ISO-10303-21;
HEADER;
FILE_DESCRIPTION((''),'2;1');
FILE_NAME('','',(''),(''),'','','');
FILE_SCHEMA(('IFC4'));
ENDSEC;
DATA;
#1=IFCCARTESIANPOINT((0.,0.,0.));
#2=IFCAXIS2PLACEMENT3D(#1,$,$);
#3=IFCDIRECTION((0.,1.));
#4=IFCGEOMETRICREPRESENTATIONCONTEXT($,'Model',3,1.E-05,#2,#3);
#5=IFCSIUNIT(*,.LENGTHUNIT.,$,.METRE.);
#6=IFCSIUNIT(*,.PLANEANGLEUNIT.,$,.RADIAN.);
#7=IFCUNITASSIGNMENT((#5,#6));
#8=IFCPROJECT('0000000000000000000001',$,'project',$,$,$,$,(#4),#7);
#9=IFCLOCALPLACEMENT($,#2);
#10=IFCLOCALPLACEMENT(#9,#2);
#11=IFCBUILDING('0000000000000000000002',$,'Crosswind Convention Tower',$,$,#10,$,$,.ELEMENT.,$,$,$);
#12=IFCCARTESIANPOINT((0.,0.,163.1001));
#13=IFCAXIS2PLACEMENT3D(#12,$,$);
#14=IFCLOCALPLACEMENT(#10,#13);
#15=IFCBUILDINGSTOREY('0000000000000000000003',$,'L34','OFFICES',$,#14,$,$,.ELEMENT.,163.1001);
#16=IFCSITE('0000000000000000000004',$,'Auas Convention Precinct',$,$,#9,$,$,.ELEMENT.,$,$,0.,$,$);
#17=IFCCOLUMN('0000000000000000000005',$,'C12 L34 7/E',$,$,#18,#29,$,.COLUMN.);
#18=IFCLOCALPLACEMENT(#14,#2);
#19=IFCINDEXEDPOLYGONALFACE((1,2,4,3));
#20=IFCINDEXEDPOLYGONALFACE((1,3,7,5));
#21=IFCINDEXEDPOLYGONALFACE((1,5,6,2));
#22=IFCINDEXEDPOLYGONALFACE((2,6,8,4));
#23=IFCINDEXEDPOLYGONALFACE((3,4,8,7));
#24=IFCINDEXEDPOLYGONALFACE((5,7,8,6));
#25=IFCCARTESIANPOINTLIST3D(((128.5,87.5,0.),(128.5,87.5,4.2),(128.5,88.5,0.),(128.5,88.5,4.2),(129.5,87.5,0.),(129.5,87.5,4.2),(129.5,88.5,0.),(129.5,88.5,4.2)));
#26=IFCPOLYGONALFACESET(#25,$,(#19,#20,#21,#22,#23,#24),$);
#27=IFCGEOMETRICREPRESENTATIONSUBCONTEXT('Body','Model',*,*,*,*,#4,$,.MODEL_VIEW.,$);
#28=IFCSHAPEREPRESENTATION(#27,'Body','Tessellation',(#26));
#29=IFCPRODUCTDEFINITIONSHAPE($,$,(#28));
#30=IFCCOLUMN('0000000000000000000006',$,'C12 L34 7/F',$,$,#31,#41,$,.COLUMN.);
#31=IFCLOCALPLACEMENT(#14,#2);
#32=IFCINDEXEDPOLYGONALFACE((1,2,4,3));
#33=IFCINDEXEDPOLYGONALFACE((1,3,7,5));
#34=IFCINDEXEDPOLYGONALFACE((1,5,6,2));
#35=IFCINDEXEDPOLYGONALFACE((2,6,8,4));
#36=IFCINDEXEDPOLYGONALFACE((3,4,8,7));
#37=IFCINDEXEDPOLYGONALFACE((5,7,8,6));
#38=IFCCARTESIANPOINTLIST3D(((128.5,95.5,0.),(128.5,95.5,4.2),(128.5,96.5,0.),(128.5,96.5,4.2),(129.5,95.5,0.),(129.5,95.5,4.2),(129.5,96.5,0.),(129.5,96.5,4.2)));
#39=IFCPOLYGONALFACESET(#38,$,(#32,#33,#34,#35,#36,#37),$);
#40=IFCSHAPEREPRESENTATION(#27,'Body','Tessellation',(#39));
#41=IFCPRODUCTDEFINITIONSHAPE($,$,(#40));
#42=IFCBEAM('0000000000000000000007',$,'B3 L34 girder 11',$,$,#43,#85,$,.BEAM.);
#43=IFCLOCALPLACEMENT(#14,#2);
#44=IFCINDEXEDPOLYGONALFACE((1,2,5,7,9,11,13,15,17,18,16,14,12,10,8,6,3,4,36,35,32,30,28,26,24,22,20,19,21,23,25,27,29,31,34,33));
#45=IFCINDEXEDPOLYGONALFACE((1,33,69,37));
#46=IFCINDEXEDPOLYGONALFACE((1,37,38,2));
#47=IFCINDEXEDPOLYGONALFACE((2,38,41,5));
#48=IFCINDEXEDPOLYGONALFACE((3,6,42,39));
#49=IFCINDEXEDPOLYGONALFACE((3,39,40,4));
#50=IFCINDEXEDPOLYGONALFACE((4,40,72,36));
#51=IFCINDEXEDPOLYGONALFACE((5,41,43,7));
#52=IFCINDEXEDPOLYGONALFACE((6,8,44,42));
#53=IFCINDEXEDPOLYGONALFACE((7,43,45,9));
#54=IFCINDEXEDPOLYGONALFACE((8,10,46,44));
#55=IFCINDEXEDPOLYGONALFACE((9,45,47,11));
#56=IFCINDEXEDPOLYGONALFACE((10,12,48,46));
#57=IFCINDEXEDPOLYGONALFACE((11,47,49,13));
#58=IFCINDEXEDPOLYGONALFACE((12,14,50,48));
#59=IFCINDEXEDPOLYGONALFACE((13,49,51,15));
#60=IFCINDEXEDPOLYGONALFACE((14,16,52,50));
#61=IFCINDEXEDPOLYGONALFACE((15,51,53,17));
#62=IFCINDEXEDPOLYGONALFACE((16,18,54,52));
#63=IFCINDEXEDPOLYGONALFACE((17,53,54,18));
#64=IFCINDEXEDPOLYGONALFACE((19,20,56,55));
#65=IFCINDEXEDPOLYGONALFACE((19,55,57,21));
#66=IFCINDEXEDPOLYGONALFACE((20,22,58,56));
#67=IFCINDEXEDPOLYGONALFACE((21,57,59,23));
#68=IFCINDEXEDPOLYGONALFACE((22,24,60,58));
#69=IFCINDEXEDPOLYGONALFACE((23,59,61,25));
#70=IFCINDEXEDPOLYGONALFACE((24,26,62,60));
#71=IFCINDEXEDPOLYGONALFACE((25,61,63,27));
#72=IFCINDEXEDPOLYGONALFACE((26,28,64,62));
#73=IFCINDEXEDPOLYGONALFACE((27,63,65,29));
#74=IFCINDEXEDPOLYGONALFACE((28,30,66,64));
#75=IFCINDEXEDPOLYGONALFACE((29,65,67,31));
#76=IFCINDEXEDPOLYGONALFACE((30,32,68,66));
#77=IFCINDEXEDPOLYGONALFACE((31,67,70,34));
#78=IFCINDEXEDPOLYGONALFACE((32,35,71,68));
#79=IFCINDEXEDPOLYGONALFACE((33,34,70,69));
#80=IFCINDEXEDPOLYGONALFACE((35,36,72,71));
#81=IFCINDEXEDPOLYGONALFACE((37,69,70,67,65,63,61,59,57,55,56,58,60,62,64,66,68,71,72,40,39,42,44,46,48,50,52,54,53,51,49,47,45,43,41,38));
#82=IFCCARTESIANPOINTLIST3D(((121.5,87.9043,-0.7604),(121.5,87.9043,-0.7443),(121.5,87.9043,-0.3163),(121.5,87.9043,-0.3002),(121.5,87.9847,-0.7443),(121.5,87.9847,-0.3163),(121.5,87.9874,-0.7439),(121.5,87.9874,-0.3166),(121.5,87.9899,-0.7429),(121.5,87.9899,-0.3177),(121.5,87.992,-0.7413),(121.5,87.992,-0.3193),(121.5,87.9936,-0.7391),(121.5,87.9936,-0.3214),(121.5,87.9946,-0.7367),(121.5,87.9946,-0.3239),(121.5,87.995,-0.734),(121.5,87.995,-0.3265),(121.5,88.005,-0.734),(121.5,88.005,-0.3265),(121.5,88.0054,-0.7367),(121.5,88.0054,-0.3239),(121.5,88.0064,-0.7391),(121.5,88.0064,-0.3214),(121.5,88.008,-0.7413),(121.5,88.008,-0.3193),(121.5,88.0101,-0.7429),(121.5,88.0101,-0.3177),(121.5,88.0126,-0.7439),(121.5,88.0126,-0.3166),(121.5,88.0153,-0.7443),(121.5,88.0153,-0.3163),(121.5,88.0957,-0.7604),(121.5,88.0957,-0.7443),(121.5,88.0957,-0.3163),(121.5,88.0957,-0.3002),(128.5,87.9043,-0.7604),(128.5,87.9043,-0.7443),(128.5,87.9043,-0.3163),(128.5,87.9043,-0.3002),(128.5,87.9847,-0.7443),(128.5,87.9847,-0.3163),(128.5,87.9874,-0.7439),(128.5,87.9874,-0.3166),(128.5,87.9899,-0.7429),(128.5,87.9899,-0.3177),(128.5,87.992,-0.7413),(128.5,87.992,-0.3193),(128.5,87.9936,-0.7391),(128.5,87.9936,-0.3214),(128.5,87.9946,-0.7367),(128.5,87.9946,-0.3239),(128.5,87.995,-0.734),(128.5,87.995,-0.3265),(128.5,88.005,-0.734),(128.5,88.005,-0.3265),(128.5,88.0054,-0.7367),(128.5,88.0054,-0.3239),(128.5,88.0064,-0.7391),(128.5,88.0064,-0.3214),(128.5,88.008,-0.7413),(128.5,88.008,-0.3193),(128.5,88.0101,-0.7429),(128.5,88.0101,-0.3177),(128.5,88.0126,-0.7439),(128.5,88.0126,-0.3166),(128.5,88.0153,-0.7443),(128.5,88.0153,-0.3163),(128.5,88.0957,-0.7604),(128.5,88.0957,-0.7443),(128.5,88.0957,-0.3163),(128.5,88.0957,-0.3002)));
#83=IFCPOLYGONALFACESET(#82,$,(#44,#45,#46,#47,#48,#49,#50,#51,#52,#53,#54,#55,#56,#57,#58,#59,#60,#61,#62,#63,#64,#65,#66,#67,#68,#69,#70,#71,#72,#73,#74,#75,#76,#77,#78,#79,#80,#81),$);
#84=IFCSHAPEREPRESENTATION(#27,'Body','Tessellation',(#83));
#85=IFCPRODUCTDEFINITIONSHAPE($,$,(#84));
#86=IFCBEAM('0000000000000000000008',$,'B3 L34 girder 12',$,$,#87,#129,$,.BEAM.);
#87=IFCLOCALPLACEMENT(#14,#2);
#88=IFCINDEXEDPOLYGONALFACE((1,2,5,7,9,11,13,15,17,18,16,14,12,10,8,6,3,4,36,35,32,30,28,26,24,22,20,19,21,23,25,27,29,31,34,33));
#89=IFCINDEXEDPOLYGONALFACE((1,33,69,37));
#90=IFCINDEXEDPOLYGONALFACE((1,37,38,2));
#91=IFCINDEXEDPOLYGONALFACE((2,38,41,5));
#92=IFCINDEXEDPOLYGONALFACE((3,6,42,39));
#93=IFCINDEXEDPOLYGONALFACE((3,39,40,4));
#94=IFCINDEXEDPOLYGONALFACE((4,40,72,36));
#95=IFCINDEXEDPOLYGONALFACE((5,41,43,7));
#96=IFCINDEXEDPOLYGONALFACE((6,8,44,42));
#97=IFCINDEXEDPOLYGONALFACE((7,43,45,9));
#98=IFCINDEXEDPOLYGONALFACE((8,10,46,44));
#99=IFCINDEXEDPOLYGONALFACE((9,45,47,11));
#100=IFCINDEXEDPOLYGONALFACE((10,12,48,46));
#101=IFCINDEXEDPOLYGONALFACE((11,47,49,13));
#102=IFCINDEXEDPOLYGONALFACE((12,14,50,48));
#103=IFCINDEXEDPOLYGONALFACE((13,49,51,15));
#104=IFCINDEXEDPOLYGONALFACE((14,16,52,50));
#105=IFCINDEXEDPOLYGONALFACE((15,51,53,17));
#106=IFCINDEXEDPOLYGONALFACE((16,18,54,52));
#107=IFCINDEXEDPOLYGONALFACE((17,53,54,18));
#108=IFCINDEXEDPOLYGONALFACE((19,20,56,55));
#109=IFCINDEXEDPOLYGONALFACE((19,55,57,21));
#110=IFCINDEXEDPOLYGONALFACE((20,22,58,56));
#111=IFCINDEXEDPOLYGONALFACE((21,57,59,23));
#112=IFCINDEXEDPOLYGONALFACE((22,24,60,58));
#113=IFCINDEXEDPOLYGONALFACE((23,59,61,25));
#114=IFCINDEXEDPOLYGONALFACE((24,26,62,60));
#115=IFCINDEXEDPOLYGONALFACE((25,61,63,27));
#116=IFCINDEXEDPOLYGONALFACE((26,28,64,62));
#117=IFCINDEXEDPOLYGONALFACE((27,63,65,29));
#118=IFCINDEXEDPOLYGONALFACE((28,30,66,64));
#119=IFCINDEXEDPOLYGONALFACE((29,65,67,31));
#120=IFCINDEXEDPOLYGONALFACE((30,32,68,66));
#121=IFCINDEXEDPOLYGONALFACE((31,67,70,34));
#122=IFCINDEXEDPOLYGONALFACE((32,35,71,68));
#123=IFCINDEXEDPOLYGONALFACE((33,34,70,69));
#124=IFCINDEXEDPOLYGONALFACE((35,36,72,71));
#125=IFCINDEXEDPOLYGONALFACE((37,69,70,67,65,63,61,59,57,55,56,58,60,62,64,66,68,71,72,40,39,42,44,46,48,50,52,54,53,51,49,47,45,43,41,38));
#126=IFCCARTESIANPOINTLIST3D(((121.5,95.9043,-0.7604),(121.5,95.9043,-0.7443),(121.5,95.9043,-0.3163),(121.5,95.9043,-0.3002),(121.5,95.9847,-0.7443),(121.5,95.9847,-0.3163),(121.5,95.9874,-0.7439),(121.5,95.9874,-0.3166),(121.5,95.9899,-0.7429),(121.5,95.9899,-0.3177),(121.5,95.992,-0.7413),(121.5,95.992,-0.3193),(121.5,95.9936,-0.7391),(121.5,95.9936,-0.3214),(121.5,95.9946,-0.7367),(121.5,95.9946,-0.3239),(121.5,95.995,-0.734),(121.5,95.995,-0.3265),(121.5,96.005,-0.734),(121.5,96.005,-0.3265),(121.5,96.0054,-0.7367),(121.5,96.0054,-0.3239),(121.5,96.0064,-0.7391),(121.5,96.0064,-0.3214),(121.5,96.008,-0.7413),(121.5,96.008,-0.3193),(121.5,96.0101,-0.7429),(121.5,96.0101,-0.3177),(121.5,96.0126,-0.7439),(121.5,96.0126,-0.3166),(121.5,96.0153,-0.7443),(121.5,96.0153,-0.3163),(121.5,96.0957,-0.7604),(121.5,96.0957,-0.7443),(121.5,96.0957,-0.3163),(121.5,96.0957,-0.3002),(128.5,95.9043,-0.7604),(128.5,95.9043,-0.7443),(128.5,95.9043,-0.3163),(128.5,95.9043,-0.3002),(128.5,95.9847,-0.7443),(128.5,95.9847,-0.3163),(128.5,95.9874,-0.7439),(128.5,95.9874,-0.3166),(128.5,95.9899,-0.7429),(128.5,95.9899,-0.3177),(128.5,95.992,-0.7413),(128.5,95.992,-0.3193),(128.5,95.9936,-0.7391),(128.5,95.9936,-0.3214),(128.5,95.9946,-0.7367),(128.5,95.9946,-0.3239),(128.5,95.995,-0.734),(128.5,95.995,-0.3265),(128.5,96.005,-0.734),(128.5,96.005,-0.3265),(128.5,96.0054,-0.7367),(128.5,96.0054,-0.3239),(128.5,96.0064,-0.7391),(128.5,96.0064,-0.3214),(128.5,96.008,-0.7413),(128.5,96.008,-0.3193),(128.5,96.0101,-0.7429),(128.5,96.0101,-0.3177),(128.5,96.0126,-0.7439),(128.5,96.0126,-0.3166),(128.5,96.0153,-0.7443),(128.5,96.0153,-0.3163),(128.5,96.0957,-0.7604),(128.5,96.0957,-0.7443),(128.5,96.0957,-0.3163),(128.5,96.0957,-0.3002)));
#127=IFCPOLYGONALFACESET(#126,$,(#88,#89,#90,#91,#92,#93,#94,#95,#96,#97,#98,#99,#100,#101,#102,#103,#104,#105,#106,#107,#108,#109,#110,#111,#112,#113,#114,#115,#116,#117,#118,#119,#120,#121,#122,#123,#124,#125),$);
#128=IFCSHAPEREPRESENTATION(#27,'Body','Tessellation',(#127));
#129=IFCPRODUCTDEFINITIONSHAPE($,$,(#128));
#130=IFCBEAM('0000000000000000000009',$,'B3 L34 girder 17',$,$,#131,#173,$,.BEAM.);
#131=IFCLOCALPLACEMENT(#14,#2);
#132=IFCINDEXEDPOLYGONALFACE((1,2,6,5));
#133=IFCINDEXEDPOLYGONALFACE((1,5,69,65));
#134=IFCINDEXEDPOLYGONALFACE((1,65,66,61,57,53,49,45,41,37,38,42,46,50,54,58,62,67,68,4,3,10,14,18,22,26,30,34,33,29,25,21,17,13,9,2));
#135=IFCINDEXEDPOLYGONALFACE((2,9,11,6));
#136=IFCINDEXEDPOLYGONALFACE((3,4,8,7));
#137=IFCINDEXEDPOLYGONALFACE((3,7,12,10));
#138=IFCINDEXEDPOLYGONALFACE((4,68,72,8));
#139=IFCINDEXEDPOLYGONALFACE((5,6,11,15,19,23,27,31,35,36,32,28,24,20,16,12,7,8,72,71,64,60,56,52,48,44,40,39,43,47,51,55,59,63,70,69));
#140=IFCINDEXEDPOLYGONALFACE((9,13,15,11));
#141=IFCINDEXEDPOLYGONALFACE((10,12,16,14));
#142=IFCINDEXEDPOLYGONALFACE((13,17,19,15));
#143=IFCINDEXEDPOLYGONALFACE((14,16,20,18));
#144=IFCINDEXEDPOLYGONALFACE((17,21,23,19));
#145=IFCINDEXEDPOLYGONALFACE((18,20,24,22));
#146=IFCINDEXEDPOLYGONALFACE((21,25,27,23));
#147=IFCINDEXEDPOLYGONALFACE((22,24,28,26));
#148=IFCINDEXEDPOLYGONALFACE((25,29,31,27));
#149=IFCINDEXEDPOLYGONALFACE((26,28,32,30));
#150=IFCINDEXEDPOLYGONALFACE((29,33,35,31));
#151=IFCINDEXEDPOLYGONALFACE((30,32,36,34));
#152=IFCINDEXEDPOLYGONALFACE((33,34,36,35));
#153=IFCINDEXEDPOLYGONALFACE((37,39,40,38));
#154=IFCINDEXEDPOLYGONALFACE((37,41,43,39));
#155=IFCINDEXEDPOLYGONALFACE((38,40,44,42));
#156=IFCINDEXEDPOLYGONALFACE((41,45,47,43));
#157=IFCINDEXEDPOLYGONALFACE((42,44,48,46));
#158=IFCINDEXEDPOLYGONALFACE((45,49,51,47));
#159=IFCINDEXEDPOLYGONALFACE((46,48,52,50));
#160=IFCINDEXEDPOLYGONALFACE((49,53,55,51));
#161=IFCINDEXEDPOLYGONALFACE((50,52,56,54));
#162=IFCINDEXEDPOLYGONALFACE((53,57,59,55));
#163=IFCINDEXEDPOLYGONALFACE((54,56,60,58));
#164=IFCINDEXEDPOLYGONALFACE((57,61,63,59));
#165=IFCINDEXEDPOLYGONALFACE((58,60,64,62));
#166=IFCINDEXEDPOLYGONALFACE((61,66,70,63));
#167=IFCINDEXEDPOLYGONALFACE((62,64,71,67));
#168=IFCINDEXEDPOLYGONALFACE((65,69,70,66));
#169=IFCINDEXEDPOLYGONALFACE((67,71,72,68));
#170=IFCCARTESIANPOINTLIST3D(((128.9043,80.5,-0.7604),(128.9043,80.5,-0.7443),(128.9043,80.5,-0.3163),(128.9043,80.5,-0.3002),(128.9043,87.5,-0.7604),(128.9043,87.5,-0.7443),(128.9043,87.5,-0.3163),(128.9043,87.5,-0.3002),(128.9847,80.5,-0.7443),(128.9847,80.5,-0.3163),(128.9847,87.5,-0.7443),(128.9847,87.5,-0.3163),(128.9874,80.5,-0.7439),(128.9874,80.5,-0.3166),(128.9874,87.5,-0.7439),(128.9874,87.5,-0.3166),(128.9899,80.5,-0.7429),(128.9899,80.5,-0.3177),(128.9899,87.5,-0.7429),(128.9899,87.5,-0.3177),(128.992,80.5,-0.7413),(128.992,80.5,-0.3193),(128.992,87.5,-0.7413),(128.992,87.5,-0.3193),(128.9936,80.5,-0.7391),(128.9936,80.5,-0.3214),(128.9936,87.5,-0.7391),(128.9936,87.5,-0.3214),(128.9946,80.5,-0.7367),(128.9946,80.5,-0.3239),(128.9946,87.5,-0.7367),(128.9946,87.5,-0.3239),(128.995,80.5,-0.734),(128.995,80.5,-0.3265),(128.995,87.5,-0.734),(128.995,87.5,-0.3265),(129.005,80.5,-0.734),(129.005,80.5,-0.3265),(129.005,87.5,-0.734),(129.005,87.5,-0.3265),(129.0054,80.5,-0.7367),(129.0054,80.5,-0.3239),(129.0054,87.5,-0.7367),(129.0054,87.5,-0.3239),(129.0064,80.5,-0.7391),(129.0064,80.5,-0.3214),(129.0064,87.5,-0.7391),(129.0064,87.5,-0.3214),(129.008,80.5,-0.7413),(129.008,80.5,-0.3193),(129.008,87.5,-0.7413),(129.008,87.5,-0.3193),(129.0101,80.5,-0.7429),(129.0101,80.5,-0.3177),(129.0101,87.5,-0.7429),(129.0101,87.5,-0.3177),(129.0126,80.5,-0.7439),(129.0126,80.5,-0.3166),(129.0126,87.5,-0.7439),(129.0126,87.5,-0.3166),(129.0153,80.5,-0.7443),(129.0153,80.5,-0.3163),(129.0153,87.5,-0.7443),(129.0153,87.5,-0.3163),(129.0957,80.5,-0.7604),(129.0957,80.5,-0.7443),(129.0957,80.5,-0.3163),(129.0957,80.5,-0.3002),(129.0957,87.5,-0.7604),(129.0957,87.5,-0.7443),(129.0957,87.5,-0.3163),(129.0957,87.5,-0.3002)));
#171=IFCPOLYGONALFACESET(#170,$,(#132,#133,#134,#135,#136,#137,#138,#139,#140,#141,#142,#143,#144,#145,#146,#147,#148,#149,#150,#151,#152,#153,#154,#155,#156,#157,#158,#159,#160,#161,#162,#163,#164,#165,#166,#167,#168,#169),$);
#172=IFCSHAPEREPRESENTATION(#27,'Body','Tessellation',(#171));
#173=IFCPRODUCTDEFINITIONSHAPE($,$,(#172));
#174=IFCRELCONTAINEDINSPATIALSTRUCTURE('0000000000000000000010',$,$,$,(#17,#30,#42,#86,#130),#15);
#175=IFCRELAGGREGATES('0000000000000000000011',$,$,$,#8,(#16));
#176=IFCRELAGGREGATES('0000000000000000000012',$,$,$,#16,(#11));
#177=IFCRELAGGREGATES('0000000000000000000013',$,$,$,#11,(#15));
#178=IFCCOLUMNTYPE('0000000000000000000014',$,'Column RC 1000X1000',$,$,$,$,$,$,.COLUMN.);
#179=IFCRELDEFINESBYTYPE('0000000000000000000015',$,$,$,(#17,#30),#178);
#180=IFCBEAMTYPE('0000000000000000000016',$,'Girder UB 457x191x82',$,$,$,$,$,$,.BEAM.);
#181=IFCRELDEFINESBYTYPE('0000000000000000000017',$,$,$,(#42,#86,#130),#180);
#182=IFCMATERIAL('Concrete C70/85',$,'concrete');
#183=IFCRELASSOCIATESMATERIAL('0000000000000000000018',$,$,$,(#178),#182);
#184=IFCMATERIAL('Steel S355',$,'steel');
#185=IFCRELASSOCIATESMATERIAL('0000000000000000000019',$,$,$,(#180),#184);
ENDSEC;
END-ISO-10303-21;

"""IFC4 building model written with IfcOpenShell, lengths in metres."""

from ifc_helpers import new_model, si_unit, direction, frame, origin, origin_2d, place, context, subcontext, project, spatial, rectangle, i_section, extrude, material, material_profile, profile_set, type_object, element, save


model = new_model("IFC4")

# Units and contexts
model_context = context("Model", 3, precision=1e-05, world=origin(), true_north=direction((0.0, 1.0)))
body_context = subcontext(model_context, "Body", "Model", "MODEL_VIEW")
ifc_project = project(units=[si_unit("LENGTHUNIT", "METRE"), si_unit("PLANEANGLEUNIT", "RADIAN")], contexts=[model_context])

# Site, building, storey
site_placement = place(None, origin())
site = spatial("IfcSite", under=ifc_project, at=site_placement, Name="Auas Convention Precinct", CompositionType="ELEMENT", RefElevation=0.0)
building_placement = place(site_placement, origin())
building = spatial("IfcBuilding", under=site, at=building_placement, Name="Crosswind Convention Tower", CompositionType="ELEMENT")
storey_placement = place(building_placement, frame((0.0, 0.0, 163.1001)))
storey = spatial("IfcBuildingStorey", under=building, at=storey_placement, Name="L34", Description="OFFICES", CompositionType="ELEMENT", Elevation=163.1001)

# Columns
ifc_material_1 = material(Name="Concrete C70/85", Category="concrete")
ifc_material_profile_1 = material_profile(ifc_material_1, rectangle(XDim=1.0, YDim=1.0, at=origin_2d()), Name="RC 1000X1000")
ifc_profile_set_1 = profile_set([ifc_material_profile_1], Name="Concrete C70/85")
column_type = type_object("IfcColumnType", Name="Column RC 1000X1000", PredefinedType="COLUMN", material=ifc_profile_set_1)
for number, where, z_axis, x_axis, name in (
    (1, (129.0, 88.0, 0.0), (0.0, 0.0, 1.0), (1.0, 0.0, 0.0), "C12 L34 7/E"),
    (2, (129.0, 96.0, 0.0), (0.0, 0.0, 1.0), (1.0, 0.0, 0.0), "C12 L34 7/F"),
):
    element("IfcColumn", number, at=place(storey_placement, frame(where, z_axis=z_axis, x_axis=x_axis)), inside=storey, type_object=column_type, Name=name, PredefinedType="COLUMN", context=body_context, shape_type="SweptSolid", body=[
        extrude(rectangle(XDim=1.0, YDim=1.0, at=origin_2d()), origin(), (0.0, 0.0, 1.0), 4.2),
    ])

# Beams
ifc_material_2 = material(Name="Steel S355", Category="steel")
ifc_material_profile_2 = material_profile(ifc_material_2, i_section(OverallWidth=0.1914, OverallDepth=0.4602, WebThickness=0.01, FlangeThickness=0.0161, FilletRadius=0.0103, at=origin_2d()), Name="UB 457x191x82")
ifc_profile_set_2 = profile_set([ifc_material_profile_2], Name="Steel S355")
beam_type_1 = type_object("IfcBeamType", Name="Girder UB 457x191x82", PredefinedType="BEAM", material=ifc_profile_set_2)
for number, where, z_axis, x_axis, name in (
    (3, (121.5, 88.0, -0.5303), (1.0, 0.0, 0.0), (0.0, 1.0, 0.0), "B3 L34 girder 11"),
    (4, (121.5, 96.0, -0.5303), (1.0, 0.0, 0.0), (0.0, 1.0, 0.0), "B3 L34 girder 12"),
    (5, (129.0, 80.5, -0.5303), (0.0, 1.0, 0.0), (-1.0, 0.0, 0.0), "B3 L34 girder 17"),
):
    element("IfcBeam", number, at=place(storey_placement, frame(where, z_axis=z_axis, x_axis=x_axis)), inside=storey, type_object=beam_type_1, Name=name, PredefinedType="BEAM", context=body_context, shape_type="SweptSolid", body=[
        extrude(i_section(OverallWidth=0.1914, OverallDepth=0.4602, WebThickness=0.01, FlangeThickness=0.0161, FilletRadius=0.0103, at=origin_2d()), origin(), (0.0, 0.0, 1.0), 7.0),
    ])

save(model, "model.ifc")
